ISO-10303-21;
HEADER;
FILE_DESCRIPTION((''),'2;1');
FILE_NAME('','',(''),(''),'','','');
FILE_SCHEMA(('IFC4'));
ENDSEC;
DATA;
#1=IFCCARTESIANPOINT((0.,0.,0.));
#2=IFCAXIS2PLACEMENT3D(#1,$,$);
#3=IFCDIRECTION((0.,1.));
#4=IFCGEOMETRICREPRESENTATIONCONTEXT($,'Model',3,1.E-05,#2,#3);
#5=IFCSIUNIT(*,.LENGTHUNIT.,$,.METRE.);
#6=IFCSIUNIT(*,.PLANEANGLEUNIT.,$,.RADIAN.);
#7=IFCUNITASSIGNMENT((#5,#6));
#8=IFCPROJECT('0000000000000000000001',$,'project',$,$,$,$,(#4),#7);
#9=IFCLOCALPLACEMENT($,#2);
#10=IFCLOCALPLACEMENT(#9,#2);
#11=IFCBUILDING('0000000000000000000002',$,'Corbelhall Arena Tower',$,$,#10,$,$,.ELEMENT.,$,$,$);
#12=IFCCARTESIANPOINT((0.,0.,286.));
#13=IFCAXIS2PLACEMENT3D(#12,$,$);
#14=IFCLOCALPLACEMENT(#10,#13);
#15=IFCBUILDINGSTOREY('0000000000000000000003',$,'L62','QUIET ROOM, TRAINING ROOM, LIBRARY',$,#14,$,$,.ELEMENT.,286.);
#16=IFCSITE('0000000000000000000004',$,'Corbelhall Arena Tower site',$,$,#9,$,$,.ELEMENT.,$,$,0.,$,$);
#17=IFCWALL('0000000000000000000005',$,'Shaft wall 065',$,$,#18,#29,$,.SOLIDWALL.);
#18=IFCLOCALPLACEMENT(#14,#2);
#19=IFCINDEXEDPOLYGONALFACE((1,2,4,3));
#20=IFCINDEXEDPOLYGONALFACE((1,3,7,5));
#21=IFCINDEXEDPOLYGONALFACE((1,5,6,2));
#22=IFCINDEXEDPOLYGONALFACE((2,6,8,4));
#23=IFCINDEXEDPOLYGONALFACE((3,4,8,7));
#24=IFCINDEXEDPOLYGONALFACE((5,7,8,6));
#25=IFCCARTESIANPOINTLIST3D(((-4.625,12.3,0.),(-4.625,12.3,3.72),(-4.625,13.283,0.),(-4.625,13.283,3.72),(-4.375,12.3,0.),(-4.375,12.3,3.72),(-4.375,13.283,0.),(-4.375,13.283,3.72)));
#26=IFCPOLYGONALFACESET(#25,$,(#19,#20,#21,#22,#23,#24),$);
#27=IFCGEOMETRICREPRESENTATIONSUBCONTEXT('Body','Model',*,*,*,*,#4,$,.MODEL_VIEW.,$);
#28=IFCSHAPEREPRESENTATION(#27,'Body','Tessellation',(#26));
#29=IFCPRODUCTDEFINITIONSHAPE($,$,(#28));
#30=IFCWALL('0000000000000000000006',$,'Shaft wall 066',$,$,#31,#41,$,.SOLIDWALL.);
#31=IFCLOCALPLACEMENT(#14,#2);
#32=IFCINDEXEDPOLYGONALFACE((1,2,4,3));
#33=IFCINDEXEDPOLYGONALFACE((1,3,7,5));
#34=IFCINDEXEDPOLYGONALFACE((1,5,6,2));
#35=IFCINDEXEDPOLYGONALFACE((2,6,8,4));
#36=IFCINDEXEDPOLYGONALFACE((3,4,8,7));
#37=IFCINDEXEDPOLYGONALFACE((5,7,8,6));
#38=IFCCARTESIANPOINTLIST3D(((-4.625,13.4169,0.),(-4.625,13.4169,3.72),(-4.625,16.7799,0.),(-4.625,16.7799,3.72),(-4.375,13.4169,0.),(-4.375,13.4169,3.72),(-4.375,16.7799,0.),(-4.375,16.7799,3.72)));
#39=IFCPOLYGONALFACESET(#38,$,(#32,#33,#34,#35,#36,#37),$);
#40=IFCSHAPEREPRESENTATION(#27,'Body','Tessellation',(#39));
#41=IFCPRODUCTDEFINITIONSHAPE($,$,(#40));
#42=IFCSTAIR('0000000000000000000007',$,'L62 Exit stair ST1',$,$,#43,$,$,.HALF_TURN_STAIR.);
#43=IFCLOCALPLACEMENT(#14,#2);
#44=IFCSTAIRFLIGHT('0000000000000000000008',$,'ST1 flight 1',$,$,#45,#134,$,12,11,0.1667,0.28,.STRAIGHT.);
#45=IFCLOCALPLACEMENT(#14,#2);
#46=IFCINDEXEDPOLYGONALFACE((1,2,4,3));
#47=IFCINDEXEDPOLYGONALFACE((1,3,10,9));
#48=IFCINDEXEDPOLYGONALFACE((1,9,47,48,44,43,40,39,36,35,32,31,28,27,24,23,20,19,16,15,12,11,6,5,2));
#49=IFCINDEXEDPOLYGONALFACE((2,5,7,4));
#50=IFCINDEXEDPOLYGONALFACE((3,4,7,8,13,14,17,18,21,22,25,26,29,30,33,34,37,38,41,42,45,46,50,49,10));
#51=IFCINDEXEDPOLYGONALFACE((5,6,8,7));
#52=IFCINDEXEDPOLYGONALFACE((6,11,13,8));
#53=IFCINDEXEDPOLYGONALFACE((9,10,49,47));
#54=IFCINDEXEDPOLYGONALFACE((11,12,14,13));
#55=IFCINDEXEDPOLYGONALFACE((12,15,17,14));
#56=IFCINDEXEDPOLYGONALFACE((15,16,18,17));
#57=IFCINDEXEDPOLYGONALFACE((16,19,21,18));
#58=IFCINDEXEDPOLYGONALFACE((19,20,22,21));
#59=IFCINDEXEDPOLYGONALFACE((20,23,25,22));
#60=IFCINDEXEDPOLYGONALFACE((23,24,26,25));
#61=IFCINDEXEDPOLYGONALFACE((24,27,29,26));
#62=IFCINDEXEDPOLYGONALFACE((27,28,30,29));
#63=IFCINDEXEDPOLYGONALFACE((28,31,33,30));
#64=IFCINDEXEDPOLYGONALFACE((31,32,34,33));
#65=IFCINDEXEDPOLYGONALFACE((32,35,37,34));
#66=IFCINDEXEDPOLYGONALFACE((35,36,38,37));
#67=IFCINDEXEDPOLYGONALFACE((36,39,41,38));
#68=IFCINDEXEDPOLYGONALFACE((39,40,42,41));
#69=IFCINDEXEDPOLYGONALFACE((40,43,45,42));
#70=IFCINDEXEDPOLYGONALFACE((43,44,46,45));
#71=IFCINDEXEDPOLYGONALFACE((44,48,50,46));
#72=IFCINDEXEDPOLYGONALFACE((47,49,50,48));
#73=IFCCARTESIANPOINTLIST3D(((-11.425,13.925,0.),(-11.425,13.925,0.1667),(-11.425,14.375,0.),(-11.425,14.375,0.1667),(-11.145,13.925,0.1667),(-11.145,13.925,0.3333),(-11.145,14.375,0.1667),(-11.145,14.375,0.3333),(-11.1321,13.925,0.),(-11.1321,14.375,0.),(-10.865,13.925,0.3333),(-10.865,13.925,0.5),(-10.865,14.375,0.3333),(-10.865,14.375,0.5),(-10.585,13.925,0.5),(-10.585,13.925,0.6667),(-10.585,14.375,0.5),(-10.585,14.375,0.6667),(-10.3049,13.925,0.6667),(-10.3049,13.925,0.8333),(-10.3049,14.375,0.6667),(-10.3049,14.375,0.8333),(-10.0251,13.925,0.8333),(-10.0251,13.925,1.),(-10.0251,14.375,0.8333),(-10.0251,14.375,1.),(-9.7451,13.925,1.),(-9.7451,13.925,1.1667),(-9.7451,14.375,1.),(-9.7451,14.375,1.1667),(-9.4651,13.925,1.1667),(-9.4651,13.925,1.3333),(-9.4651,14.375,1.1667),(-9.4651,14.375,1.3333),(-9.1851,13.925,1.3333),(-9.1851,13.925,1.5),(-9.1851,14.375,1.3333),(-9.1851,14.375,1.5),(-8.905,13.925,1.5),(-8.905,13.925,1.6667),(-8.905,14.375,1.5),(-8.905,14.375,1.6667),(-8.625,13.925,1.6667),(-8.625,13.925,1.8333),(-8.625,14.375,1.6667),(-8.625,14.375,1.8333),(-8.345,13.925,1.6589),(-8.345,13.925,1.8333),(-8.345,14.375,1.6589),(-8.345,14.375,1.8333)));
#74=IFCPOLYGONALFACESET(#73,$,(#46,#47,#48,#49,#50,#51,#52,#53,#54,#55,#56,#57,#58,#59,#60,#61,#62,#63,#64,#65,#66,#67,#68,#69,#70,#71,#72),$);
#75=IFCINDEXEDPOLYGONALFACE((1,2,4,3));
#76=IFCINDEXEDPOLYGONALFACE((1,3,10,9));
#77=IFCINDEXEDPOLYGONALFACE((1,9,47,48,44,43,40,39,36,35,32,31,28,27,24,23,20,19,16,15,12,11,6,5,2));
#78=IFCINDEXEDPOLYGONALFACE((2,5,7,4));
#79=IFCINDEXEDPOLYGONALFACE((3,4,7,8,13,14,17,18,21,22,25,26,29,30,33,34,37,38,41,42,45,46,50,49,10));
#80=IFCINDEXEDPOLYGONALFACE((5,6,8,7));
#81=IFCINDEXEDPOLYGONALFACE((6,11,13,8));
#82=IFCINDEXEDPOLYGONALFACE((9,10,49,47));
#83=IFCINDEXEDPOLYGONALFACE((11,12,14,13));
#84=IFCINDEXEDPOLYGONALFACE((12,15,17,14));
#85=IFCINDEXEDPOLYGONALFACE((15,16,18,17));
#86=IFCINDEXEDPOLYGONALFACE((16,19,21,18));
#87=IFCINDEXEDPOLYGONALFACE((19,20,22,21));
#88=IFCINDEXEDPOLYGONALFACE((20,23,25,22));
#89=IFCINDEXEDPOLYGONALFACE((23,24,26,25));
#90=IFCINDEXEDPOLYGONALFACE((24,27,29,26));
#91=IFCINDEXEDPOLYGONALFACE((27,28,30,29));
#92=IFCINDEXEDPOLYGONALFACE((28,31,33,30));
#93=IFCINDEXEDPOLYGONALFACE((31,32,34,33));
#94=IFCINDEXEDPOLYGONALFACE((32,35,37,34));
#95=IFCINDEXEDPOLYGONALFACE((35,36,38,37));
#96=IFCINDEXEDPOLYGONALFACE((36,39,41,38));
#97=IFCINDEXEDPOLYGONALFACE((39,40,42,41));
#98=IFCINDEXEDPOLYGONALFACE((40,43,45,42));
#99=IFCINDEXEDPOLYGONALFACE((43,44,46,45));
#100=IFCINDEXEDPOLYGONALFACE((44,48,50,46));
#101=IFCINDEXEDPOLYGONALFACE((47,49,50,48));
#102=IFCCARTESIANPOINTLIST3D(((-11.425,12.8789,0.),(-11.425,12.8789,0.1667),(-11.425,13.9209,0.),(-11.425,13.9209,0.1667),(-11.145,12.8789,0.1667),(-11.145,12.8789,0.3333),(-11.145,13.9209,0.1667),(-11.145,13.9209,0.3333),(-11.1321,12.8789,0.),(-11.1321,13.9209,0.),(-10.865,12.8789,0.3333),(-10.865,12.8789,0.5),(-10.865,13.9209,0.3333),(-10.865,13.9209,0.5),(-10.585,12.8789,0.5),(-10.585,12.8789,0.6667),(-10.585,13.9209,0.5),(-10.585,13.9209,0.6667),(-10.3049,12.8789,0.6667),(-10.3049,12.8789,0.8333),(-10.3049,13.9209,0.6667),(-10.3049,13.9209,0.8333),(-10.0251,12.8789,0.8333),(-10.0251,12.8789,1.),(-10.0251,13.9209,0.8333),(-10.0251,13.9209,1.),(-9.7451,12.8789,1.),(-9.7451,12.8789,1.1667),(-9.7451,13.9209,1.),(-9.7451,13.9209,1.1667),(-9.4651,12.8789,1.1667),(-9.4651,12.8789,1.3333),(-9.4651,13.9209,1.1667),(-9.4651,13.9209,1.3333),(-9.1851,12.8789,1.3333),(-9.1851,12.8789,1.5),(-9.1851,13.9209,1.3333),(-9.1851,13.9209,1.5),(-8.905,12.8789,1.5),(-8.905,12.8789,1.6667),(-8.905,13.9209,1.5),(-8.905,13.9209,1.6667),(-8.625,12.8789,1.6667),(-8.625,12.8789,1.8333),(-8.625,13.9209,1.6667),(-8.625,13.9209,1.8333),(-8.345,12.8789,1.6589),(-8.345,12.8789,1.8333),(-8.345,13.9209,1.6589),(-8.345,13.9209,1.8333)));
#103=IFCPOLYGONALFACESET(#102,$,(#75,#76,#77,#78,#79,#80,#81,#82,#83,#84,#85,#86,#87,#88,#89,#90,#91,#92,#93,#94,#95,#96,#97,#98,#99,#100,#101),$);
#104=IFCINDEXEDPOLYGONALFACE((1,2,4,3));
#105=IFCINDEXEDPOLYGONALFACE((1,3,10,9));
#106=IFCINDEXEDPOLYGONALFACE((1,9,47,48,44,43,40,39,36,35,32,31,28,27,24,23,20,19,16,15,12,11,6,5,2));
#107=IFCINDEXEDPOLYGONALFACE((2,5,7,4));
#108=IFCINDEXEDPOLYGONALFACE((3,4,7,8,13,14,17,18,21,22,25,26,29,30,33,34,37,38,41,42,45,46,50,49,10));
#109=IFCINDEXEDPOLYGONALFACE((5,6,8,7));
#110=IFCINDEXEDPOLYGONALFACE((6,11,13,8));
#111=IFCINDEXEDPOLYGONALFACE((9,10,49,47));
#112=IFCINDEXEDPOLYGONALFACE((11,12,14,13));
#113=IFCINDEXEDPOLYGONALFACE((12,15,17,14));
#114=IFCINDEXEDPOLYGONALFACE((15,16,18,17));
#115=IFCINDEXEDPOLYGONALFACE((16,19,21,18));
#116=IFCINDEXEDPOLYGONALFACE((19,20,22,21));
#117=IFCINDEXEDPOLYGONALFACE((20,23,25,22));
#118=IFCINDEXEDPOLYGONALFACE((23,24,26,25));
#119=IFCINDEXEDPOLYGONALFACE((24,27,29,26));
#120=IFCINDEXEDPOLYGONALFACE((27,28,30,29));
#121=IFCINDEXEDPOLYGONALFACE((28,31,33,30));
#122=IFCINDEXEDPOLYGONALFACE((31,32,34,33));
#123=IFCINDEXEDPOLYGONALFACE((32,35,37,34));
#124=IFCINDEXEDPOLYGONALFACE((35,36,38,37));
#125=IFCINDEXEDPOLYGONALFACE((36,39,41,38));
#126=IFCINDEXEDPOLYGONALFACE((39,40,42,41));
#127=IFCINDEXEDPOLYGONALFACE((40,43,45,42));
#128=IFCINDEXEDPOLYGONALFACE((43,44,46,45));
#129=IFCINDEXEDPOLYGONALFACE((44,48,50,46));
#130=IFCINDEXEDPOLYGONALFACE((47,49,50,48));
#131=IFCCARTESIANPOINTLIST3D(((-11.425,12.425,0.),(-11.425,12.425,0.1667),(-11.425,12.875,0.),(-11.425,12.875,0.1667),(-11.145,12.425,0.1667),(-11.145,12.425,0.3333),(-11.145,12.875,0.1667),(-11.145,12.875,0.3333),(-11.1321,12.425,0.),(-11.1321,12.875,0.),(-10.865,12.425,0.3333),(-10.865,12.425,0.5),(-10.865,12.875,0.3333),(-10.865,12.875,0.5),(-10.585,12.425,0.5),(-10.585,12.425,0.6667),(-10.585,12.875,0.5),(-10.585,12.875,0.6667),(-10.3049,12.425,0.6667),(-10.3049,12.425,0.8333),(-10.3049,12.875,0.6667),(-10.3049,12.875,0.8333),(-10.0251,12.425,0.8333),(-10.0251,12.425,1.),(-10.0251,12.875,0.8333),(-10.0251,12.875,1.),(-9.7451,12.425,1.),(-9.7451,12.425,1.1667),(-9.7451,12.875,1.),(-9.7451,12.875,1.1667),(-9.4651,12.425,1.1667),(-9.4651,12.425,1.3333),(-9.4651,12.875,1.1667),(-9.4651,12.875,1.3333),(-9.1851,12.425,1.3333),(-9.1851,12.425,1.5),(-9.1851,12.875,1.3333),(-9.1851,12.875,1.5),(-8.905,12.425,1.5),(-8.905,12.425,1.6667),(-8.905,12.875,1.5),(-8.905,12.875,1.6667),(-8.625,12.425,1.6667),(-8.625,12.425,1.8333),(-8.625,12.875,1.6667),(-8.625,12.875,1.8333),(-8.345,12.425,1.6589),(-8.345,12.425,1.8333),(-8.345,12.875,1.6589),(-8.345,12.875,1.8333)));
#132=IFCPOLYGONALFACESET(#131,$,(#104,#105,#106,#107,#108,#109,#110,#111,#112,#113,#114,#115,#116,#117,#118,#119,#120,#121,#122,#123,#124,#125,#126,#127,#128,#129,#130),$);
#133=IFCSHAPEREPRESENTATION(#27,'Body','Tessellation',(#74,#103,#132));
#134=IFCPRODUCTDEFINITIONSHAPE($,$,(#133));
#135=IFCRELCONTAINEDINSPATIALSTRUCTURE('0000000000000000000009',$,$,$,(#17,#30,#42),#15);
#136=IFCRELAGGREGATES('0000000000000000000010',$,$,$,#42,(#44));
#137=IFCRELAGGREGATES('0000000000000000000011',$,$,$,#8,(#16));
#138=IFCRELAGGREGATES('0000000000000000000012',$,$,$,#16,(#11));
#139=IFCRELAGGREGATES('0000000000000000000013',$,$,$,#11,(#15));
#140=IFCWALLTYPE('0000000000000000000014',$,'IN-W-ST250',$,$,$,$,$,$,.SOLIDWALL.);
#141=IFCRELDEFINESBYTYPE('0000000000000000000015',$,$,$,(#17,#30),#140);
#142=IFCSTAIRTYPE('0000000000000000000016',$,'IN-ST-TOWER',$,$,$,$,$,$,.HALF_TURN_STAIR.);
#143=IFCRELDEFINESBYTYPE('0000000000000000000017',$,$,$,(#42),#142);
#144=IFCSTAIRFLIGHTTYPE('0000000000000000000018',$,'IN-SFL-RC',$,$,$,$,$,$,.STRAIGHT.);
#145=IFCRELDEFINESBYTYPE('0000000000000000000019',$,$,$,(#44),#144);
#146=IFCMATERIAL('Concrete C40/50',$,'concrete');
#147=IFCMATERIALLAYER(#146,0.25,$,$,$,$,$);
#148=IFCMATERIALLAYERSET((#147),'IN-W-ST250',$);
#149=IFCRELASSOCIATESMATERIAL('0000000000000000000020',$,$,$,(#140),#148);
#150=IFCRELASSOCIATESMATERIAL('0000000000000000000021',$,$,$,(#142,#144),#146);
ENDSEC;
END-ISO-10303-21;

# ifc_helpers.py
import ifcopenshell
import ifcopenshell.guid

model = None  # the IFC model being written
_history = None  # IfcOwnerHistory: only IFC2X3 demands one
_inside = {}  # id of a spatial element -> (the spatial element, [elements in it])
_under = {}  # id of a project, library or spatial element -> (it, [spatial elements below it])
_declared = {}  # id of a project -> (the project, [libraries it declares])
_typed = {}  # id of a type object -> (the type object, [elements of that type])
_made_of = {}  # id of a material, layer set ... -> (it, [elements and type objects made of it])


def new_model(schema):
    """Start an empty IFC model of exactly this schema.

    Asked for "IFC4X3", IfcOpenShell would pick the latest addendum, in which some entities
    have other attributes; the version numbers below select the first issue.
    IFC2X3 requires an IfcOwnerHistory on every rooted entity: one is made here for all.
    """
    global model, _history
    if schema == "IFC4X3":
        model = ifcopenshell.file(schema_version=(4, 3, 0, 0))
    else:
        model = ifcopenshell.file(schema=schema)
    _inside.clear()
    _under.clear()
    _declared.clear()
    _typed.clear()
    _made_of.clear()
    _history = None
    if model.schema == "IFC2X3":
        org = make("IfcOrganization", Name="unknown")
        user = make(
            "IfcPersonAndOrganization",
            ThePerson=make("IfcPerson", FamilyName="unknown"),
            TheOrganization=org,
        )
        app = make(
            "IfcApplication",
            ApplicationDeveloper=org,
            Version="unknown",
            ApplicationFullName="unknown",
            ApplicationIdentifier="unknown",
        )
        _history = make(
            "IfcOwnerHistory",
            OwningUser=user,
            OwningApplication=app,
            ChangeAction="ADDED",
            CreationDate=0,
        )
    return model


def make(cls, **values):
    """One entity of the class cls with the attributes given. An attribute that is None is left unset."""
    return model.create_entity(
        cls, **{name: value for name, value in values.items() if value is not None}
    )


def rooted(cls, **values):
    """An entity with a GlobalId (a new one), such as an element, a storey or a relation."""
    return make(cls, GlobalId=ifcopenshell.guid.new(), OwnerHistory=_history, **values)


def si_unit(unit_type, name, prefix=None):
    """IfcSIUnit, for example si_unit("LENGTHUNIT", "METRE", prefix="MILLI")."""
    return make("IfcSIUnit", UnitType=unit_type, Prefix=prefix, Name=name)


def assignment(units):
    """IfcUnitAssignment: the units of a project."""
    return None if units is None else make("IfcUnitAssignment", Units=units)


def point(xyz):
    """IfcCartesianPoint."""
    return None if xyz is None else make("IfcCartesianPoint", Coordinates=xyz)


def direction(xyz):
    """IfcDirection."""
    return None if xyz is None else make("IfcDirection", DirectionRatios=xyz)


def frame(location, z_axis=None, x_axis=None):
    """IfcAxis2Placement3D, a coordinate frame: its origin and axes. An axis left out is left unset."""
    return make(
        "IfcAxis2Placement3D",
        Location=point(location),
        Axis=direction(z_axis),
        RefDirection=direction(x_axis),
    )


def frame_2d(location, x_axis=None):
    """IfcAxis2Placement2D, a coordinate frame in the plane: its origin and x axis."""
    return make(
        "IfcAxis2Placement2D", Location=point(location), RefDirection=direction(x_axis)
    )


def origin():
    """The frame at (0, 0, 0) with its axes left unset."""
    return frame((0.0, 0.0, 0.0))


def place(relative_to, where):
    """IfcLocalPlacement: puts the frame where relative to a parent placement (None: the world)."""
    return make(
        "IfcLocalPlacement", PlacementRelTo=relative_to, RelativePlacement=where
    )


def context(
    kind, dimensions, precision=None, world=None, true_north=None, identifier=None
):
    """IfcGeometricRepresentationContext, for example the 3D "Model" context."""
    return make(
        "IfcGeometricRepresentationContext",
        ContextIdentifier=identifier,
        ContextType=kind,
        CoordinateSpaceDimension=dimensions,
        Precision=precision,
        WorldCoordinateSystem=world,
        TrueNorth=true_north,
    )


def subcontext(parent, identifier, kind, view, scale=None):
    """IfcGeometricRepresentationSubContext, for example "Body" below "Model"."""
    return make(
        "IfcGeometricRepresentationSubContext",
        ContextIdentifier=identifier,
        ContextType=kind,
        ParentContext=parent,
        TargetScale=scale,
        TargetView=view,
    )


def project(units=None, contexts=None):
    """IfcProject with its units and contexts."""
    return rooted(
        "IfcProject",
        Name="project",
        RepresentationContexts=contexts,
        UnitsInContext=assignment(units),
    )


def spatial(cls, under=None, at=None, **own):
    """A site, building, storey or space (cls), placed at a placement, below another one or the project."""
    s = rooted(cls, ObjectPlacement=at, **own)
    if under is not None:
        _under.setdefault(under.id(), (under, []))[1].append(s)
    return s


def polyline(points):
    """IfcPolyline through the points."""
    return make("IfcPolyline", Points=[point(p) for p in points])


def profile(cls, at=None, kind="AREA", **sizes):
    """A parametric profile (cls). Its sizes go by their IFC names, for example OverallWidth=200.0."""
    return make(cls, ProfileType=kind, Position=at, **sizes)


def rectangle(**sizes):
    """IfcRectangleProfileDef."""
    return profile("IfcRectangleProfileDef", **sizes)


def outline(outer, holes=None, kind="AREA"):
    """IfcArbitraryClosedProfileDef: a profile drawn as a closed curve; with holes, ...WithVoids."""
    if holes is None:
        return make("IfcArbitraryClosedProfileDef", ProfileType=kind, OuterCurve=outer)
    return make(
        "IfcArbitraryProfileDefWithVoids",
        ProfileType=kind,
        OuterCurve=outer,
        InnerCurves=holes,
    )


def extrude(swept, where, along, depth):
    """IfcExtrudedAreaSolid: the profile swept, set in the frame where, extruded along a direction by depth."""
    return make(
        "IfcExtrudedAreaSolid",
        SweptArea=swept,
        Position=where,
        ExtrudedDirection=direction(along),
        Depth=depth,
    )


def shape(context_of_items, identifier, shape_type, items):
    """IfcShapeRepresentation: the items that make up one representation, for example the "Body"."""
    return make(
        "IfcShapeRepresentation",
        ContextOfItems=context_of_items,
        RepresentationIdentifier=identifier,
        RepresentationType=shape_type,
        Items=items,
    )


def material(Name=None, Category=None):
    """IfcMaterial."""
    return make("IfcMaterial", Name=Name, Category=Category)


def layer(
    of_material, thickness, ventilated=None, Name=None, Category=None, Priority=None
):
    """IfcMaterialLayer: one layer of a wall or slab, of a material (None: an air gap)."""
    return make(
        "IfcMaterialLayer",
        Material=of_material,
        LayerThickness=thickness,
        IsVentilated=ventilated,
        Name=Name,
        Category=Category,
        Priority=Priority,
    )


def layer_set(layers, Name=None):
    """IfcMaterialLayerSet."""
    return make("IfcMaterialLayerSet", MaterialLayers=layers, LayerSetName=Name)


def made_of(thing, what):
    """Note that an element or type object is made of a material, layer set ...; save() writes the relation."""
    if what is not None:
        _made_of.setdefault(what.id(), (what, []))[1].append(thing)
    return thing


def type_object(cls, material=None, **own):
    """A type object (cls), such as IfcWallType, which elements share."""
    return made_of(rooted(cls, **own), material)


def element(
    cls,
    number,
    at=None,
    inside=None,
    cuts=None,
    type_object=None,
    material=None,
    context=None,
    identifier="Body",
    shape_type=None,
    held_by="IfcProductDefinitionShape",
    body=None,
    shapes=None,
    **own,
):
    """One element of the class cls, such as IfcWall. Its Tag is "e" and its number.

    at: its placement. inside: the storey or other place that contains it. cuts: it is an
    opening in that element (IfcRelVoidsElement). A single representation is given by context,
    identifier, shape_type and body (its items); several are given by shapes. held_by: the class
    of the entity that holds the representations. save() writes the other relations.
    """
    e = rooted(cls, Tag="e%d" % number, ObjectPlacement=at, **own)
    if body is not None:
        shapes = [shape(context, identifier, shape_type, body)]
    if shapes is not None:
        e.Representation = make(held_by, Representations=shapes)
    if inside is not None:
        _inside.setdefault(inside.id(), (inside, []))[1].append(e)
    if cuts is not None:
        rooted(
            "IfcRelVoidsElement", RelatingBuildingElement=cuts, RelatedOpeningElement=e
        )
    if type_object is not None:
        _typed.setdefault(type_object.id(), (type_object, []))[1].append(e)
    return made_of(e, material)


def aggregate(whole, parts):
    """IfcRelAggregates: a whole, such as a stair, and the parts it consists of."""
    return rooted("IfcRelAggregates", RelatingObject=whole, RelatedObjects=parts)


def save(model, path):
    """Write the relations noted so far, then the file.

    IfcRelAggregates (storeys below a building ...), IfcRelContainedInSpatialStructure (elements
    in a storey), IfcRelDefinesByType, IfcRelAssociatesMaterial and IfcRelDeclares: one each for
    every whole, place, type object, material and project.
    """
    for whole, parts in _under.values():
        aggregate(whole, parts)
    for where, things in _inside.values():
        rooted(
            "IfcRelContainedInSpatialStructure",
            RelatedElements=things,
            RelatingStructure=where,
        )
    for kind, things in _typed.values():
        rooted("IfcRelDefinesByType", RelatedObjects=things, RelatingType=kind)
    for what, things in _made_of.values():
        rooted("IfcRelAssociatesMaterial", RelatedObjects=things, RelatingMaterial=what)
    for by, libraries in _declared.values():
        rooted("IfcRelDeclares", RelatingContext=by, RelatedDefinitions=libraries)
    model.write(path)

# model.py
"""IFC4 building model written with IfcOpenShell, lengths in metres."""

from ifc_helpers import new_model, si_unit, direction, frame, frame_2d, origin, place, context, subcontext, project, spatial, polyline, rectangle, outline, extrude, material, layer, layer_set, type_object, element, aggregate, save


model = new_model("IFC4")

# Units and contexts
model_context = context("Model", 3, precision=1e-05, world=origin(), true_north=direction((0.0, 1.0)))
body_context = subcontext(model_context, "Body", "Model", "MODEL_VIEW")
ifc_project = project(units=[si_unit("LENGTHUNIT", "METRE"), si_unit("PLANEANGLEUNIT", "RADIAN")], contexts=[model_context])

# Site, building, storey
site_placement = place(None, origin())
site = spatial("IfcSite", under=ifc_project, at=site_placement, Name="Corbelhall Arena Tower site", CompositionType="ELEMENT", RefElevation=0.0)
building_placement = place(site_placement, origin())
building = spatial("IfcBuilding", under=site, at=building_placement, Name="Corbelhall Arena Tower", CompositionType="ELEMENT")
storey_placement = place(building_placement, frame((0.0, 0.0, 286.0)))
storey = spatial("IfcBuildingStorey", under=building, at=storey_placement, Name="L62", Description="QUIET ROOM, TRAINING ROOM, LIBRARY", CompositionType="ELEMENT", Elevation=286.0)

# Walls
ifc_material_1 = material(Name="Concrete C40/50", Category="concrete")
ifc_layer_1 = layer(ifc_material_1, 0.25)
ifc_layer_set_1 = layer_set([ifc_layer_1], Name="IN-W-ST250")
wall_type_1 = type_object("IfcWallType", Name="IN-W-ST250", PredefinedType="SOLIDWALL", material=ifc_layer_set_1)
wall_1_placement = place(storey_placement, frame((-4.5, 13.283, 0.0), z_axis=(0.0, 0.0, 1.0), x_axis=(0.0, -1.0, 0.0)))
element("IfcWall", 1, at=wall_1_placement, inside=storey, type_object=wall_type_1, Name="Shaft wall 065", PredefinedType="SOLIDWALL", context=body_context, shape_type="SweptSolid", body=[
    extrude(rectangle(XDim=0.9829, YDim=0.25, at=frame_2d((0.4915, 0.0))), origin(), (0.0, 0.0, 1.0), 3.72),
])
wall_2_placement = place(storey_placement, frame((-4.5, 16.78, 0.0), z_axis=(0.0, 0.0, 1.0), x_axis=(0.0, -1.0, 0.0)))
element("IfcWall", 2, at=wall_2_placement, inside=storey, type_object=wall_type_1, Name="Shaft wall 066", PredefinedType="SOLIDWALL", context=body_context, shape_type="SweptSolid", body=[
    extrude(rectangle(XDim=3.363, YDim=0.25, at=frame_2d((1.6816, 0.0))), origin(), (0.0, 0.0, 1.0), 3.72),
])

# Stair, stair flight
stair_type = type_object("IfcStairType", Name="IN-ST-TOWER", PredefinedType="HALF_TURN_STAIR", material=ifc_material_1)
stair_placement = place(storey_placement, origin())
stair = element("IfcStair", 3, at=stair_placement, inside=storey, type_object=stair_type, Name="L62 Exit stair ST1", PredefinedType="HALF_TURN_STAIR")
stair_flight_type = type_object("IfcStairFlightType", Name="IN-SFL-RC", PredefinedType="STRAIGHT", material=ifc_material_1)
stair_flight_1_placement = place(storey_placement, frame((-11.425, 13.3999, 0.0), z_axis=(0.0, 0.0, 1.0), x_axis=(1.0, 0.0, 0.0)))
stair_flight_1 = element("IfcStairFlight", 4, at=stair_flight_1_placement, type_object=stair_flight_type, Name="ST1 flight 1", NumberOfRisers=12, NumberOfTreads=11, PredefinedType="STRAIGHT", RiserHeight=0.1667, TreadLength=0.28, context=body_context, shape_type="SweptSolid", body=[
    extrude(outline(polyline([(0.0, 0.0), (0.0, 0.1667), (0.28, 0.1667), (0.28, 0.3333), (0.5601, 0.3333), (0.5601, 0.5), (0.8401, 0.5), (0.8401, 0.6667), (1.1201, 0.6667), (1.1201, 0.8333), (1.3999, 0.8333), (1.3999, 1.0), (1.6799, 1.0), (1.6799, 1.1667), (1.96, 1.1667), (1.96, 1.3333), (2.24, 1.3333), (2.24, 1.5), (2.52, 1.5), (2.52, 1.6667), (2.8, 1.6667), (2.8, 1.8333), (3.0801, 1.8333), (3.0801, 2.0), (3.0801, 1.6589), (0.293, 0.0), (0.0, 0.0)])), frame((0.0, 0.9751, 0.0), z_axis=(0.0, -1.0, 0.0), x_axis=(1.0, 0.0, 0.0)), (0.0, 0.0, 1.0), 0.45),
    extrude(outline(polyline([(0.0, 0.0), (0.0, 0.1667), (0.28, 0.1667), (0.28, 0.3333), (0.5601, 0.3333), (0.5601, 0.5), (0.8401, 0.5), (0.8401, 0.6667), (1.1201, 0.6667), (1.1201, 0.8333), (1.3999, 0.8333), (1.3999, 1.0), (1.6799, 1.0), (1.6799, 1.1667), (1.96, 1.1667), (1.96, 1.3333), (2.24, 1.3333), (2.24, 1.5), (2.52, 1.5), (2.52, 1.6667), (2.8, 1.6667), (2.8, 1.8333), (3.0801, 1.8333), (3.0801, 2.0), (3.0801, 1.6589), (0.293, 0.0), (0.0, 0.0)])), frame((0.0, 0.521, 0.0), z_axis=(0.0, -1.0, 0.0), x_axis=(1.0, 0.0, 0.0)), (0.0, 0.0, 1.0), 1.042),
    extrude(outline(polyline([(0.0, 0.0), (0.0, 0.1667), (0.28, 0.1667), (0.28, 0.3333), (0.5601, 0.3333), (0.5601, 0.5), (0.8401, 0.5), (0.8401, 0.6667), (1.1201, 0.6667), (1.1201, 0.8333), (1.3999, 0.8333), (1.3999, 1.0), (1.6799, 1.0), (1.6799, 1.1667), (1.96, 1.1667), (1.96, 1.3333), (2.24, 1.3333), (2.24, 1.5), (2.52, 1.5), (2.52, 1.6667), (2.8, 1.6667), (2.8, 1.8333), (3.0801, 1.8333), (3.0801, 2.0), (3.0801, 1.6589), (0.293, 0.0), (0.0, 0.0)])), frame((0.0, -0.5249, 0.0), z_axis=(0.0, -1.0, 0.0), x_axis=(1.0, 0.0, 0.0)), (0.0, 0.0, 1.0), 0.45),
])
aggregate(stair, [stair_flight_1])

save(model, "model.ifc")
